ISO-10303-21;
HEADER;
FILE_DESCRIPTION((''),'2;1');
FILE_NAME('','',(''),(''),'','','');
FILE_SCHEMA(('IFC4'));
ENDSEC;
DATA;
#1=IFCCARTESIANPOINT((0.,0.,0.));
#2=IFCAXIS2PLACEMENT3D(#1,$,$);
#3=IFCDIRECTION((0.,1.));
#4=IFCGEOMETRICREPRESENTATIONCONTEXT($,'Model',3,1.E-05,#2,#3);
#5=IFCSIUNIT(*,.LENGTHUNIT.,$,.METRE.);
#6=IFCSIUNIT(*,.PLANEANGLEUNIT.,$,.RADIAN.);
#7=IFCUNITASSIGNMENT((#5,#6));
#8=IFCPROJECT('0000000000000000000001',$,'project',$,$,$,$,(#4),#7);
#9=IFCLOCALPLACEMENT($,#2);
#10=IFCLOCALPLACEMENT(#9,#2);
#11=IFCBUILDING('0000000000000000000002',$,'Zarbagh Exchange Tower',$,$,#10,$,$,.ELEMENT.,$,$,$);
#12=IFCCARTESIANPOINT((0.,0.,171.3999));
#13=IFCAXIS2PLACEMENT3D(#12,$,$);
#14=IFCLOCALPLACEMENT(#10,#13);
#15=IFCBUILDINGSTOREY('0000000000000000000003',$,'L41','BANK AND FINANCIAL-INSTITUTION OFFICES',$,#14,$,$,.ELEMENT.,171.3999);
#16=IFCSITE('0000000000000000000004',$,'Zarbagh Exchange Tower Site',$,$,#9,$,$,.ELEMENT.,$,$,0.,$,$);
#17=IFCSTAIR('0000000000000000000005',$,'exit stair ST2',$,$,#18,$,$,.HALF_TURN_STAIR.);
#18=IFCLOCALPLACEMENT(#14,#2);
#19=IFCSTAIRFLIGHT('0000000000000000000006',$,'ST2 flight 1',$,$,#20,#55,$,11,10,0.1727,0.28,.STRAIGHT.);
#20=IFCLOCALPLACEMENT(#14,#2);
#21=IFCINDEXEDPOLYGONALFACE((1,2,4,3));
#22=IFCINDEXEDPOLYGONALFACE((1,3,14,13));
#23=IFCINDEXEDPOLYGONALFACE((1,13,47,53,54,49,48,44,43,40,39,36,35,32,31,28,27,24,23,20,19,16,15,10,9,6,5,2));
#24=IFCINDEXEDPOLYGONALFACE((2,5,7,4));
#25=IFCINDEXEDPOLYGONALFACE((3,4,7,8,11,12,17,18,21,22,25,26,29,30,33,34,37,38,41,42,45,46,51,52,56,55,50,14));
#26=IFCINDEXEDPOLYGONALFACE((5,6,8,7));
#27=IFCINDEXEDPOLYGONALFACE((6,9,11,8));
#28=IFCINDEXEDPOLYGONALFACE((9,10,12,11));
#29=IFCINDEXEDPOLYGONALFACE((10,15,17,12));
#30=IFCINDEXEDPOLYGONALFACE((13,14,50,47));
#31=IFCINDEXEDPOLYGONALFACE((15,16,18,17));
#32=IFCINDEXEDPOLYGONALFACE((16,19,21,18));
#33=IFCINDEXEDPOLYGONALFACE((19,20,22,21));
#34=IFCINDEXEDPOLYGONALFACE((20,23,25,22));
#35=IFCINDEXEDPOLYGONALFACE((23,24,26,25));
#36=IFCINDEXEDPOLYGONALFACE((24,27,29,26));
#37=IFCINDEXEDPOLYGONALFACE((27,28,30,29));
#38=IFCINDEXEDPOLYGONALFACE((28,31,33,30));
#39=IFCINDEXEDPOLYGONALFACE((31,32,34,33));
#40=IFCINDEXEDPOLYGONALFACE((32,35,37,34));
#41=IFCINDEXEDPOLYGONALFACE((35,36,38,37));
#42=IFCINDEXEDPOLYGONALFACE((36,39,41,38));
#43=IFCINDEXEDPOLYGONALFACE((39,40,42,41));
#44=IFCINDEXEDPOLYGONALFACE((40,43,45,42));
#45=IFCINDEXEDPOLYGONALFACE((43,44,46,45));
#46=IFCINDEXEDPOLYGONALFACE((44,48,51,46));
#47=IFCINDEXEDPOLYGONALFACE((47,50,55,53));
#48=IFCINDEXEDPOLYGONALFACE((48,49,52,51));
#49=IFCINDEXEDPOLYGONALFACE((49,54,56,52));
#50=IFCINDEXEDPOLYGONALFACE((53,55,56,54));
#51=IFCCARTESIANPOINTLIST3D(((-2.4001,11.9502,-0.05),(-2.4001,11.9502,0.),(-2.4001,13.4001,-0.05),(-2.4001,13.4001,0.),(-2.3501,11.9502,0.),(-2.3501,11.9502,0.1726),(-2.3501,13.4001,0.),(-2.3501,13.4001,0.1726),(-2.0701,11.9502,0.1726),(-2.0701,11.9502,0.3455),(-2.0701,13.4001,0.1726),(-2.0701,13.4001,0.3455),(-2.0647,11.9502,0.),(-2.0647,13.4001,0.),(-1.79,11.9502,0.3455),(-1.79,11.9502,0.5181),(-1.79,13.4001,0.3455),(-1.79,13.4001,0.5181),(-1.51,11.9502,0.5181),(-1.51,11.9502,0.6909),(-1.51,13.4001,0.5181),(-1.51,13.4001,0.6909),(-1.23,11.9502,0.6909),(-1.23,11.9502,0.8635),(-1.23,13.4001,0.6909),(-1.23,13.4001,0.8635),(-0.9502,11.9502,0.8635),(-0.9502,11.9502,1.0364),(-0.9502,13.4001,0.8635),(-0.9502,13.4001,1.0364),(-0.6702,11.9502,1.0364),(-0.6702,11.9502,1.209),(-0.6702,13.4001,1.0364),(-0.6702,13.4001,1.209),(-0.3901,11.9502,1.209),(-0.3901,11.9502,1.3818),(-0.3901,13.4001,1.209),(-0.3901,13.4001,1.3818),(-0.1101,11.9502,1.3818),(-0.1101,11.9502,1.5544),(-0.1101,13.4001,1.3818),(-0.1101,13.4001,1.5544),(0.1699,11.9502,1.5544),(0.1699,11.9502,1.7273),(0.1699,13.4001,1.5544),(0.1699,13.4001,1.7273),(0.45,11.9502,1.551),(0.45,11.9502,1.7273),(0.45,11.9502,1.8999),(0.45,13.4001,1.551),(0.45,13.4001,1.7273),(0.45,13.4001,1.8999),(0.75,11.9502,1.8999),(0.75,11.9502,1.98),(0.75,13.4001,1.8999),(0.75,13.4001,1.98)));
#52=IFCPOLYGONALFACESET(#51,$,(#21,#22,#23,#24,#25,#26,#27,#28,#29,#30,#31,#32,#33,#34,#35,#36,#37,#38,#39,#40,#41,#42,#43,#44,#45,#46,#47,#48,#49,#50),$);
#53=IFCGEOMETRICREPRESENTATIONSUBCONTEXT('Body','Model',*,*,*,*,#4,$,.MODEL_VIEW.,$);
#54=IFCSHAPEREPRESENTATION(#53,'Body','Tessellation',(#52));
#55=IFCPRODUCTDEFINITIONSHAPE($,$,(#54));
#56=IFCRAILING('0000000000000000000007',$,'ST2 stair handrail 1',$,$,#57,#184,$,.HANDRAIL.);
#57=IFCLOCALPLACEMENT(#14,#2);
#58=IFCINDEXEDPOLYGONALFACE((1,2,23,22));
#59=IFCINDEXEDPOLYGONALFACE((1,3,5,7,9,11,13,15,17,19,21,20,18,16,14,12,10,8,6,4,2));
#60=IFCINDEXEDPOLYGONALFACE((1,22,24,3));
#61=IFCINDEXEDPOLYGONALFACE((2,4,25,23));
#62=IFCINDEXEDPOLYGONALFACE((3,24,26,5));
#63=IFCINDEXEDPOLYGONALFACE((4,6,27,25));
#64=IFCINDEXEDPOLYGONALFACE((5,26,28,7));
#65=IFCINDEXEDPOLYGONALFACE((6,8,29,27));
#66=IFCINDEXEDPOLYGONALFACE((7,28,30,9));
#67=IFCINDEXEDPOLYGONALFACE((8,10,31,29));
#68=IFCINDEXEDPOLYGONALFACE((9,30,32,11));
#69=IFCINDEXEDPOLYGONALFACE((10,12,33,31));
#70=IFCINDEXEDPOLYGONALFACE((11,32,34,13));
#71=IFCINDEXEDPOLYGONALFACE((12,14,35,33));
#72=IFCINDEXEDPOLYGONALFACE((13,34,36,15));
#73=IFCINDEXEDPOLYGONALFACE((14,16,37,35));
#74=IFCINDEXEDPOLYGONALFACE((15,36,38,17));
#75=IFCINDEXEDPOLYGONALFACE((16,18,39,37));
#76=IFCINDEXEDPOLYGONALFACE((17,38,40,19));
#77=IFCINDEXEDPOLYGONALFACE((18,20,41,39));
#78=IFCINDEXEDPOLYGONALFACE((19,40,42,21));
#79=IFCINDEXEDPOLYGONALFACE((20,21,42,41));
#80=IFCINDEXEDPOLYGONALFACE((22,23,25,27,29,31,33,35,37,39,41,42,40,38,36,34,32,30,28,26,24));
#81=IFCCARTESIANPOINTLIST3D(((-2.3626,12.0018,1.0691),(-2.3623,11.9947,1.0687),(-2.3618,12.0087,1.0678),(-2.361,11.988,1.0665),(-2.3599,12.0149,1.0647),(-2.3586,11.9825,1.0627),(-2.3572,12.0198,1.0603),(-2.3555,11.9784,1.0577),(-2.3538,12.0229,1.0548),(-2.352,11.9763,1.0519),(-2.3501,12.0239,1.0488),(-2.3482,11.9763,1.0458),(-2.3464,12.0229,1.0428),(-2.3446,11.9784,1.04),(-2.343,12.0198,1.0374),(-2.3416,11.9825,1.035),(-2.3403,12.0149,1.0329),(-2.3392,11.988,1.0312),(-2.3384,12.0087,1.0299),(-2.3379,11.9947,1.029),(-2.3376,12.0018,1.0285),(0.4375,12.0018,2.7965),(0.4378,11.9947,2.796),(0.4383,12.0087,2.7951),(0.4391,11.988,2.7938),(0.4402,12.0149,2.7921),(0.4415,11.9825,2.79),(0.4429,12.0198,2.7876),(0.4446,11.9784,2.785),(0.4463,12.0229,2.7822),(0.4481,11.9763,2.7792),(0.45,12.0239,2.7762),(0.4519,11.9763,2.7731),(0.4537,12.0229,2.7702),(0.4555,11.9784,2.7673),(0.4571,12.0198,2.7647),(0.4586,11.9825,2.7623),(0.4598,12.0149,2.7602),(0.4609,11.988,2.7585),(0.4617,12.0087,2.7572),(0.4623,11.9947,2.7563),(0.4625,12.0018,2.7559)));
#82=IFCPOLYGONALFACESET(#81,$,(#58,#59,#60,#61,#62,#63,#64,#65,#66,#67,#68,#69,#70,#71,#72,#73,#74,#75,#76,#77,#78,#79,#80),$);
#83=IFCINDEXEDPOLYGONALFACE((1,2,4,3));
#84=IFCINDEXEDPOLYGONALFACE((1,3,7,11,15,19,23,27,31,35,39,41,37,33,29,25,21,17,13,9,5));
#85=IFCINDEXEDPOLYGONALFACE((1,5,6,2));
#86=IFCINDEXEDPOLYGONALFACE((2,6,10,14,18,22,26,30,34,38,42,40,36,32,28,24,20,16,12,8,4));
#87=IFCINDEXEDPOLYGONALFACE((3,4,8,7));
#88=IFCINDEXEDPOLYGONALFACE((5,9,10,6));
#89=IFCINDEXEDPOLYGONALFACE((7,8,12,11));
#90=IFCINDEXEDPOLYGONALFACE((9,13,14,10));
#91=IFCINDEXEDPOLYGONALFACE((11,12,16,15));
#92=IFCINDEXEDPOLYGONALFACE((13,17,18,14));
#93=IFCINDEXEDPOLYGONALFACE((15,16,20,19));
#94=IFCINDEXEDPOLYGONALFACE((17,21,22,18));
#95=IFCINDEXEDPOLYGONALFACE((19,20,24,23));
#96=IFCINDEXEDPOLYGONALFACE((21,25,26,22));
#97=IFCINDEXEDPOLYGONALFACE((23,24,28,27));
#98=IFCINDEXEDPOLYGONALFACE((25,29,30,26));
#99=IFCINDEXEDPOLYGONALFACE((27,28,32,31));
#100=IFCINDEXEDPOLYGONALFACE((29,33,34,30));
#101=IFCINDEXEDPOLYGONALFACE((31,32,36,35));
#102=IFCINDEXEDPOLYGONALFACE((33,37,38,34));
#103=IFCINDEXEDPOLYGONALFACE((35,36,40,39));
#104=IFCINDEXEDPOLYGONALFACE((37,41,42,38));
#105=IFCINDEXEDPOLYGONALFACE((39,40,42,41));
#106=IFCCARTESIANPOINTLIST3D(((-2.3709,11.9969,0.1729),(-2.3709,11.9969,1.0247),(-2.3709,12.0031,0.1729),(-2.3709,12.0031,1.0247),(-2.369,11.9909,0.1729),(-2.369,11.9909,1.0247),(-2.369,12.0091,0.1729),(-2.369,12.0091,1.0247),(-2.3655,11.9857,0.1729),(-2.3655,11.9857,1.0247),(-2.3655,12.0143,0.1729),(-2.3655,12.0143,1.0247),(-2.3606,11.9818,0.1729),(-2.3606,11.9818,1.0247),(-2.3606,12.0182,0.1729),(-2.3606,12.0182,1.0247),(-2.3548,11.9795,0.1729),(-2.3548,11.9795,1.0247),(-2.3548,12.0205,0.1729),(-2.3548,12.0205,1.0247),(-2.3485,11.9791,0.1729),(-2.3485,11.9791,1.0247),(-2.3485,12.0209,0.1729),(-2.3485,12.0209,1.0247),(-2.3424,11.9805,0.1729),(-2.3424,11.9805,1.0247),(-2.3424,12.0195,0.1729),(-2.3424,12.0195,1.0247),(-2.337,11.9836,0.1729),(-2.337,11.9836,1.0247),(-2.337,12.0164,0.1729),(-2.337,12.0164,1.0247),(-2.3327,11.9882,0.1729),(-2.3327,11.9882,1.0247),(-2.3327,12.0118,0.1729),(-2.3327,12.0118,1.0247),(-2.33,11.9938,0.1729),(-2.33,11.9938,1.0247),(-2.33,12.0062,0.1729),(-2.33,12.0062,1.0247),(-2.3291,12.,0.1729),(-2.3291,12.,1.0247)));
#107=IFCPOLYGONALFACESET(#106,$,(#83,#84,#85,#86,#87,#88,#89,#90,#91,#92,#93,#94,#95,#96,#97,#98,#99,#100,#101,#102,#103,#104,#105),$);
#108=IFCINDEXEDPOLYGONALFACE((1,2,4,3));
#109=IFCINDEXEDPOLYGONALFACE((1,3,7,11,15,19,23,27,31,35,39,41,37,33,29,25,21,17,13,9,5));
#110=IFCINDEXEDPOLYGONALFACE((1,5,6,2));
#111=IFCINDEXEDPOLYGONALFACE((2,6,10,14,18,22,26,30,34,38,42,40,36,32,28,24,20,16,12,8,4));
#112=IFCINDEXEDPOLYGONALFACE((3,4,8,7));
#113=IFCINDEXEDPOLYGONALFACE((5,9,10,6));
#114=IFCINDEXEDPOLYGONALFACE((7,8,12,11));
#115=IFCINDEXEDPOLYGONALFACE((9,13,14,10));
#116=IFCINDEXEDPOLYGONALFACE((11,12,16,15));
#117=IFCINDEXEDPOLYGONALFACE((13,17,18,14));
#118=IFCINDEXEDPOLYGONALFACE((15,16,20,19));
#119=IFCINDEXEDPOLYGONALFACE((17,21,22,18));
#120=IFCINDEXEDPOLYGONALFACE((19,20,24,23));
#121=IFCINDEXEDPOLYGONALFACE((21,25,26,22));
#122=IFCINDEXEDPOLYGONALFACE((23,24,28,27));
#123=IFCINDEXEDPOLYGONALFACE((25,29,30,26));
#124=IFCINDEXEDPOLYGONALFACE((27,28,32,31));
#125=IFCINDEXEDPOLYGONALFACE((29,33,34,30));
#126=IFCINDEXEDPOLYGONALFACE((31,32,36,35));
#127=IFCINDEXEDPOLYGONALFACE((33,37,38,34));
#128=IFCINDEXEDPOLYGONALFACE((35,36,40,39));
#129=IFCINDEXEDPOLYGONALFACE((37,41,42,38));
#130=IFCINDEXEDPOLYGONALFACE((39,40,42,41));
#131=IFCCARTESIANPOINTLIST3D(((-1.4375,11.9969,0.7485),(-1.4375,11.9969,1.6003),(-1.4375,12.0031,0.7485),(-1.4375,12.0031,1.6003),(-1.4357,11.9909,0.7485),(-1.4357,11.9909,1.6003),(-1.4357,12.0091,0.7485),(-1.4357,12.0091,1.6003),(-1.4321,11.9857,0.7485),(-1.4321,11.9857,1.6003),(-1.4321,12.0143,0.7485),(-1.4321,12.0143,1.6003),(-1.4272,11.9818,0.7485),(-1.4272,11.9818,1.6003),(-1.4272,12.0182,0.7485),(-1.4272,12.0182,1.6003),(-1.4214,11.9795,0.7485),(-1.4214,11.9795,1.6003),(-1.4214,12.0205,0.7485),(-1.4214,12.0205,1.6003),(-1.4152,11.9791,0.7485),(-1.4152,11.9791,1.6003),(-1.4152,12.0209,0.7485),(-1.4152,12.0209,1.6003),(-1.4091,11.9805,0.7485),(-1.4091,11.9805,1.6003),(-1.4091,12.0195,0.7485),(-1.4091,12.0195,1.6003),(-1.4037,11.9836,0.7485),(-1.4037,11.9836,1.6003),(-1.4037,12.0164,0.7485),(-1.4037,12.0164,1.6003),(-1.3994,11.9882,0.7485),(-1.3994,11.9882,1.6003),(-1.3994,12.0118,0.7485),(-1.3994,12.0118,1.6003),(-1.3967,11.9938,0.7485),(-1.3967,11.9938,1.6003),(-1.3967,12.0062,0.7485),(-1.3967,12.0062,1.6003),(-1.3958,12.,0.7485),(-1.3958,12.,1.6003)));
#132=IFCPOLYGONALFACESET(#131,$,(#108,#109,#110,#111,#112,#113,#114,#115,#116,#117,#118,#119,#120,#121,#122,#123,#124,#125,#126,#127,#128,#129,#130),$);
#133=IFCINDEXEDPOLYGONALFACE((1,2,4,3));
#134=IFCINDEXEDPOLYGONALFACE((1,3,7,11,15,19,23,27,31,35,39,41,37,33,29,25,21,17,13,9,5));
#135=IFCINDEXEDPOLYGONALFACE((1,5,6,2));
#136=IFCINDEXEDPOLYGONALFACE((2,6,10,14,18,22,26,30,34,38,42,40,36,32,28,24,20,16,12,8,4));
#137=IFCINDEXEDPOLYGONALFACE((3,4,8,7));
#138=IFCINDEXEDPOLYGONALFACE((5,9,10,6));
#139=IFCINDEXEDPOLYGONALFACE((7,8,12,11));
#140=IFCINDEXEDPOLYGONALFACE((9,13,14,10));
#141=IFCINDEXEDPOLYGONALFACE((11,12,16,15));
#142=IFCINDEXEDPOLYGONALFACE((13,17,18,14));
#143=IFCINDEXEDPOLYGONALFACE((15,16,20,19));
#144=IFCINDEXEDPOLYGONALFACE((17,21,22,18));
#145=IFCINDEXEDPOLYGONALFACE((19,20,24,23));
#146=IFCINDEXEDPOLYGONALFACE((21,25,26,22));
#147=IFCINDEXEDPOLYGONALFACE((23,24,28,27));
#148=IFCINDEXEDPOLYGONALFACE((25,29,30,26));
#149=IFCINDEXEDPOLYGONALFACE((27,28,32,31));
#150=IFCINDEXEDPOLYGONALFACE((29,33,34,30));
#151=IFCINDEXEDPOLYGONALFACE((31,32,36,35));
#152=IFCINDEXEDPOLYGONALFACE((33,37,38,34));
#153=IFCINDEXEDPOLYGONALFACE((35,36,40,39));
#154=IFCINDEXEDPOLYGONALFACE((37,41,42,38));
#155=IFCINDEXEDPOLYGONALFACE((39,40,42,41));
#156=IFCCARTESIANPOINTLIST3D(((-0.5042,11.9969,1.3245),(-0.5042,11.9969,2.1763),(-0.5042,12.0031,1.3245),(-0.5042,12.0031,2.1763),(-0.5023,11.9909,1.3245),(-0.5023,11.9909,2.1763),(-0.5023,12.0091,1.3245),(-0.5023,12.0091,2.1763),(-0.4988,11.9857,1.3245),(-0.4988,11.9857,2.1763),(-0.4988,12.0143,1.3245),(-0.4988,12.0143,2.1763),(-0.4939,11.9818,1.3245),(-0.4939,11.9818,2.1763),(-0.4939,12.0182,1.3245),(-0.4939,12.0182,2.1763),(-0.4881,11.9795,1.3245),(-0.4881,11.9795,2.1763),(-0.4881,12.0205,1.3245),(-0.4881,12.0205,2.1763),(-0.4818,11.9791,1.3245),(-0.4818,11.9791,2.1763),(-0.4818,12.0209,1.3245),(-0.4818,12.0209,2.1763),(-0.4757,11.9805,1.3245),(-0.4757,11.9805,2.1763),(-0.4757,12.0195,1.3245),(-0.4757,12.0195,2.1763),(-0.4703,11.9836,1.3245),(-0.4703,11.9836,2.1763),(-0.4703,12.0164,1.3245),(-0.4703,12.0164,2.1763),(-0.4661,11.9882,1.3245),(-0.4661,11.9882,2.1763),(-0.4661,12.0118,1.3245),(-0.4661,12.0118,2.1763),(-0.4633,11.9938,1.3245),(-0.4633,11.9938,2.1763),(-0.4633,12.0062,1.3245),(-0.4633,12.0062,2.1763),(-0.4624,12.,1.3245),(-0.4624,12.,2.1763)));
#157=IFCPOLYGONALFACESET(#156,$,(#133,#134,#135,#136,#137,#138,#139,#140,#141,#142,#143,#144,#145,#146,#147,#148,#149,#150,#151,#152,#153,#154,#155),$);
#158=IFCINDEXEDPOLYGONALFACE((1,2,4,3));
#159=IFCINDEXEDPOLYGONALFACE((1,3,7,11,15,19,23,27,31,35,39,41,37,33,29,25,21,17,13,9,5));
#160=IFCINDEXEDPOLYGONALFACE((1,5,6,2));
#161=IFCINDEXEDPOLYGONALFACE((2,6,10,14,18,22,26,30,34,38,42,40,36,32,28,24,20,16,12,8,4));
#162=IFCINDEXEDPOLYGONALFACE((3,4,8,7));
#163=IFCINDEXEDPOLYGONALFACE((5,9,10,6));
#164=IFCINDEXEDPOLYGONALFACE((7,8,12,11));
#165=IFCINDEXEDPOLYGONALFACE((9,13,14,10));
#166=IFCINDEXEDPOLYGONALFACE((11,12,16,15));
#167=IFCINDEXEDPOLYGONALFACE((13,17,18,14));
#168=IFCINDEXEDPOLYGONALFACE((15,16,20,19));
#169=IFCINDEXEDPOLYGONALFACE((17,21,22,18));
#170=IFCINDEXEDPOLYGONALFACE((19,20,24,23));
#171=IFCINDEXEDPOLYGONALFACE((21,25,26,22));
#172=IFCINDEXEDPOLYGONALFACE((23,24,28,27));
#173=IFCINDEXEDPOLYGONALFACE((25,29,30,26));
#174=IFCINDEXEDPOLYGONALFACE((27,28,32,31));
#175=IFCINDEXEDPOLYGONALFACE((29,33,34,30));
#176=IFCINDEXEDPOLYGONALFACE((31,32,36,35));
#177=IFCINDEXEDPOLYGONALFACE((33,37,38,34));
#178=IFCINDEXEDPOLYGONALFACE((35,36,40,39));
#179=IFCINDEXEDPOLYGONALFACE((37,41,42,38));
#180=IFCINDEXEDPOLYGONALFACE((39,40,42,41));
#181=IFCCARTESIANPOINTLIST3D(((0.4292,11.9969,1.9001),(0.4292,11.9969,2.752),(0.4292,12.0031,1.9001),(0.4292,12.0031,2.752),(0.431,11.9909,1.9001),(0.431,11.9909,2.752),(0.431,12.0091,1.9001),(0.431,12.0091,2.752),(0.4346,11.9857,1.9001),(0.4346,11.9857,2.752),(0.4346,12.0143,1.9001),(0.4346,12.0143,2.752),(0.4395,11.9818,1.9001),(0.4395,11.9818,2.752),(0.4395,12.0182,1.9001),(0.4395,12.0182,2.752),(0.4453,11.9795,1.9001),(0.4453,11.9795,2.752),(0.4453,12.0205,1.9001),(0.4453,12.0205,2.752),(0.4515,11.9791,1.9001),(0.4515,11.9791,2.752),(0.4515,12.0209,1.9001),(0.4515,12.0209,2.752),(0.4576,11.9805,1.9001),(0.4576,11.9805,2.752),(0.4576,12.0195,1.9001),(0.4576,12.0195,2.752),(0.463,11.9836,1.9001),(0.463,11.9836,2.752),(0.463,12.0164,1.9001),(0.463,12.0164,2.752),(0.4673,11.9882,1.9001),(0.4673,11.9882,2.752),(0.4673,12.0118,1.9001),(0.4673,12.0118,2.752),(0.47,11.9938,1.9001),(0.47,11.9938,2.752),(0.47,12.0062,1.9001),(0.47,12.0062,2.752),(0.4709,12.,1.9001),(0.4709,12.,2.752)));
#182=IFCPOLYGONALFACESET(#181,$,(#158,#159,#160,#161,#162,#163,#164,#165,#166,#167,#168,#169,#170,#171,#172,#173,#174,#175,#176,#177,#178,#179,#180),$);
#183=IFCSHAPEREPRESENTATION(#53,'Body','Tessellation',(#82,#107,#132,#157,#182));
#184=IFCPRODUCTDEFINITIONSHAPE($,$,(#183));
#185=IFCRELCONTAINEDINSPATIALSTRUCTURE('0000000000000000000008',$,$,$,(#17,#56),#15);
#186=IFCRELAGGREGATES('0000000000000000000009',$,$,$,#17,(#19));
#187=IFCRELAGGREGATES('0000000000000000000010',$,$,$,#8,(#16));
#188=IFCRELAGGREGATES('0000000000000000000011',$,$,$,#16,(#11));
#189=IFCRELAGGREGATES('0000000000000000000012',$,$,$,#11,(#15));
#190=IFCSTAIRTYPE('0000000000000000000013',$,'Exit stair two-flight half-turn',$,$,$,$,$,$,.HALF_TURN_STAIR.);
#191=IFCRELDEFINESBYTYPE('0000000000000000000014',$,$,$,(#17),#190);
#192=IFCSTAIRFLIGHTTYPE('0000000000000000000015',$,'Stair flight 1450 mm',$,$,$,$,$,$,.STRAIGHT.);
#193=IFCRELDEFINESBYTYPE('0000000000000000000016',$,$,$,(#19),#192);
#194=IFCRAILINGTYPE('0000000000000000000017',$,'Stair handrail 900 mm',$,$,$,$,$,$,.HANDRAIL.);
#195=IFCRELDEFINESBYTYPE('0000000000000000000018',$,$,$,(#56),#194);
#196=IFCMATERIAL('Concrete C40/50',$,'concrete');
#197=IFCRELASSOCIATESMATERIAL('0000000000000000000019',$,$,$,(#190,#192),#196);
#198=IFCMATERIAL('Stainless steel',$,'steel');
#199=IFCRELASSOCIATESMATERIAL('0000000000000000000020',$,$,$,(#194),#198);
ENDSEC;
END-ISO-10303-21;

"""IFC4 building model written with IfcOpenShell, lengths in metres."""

from ifc_helpers import new_model, si_unit, direction, frame, origin, origin_2d, place, context, subcontext, project, spatial, polyline, circle, outline, extrude, material, type_object, element, aggregate, save


model = new_model("IFC4")

# Units and contexts
model_context = context("Model", 3, precision=1e-05, world=origin(), true_north=direction((0.0, 1.0)))
body_context = subcontext(model_context, "Body", "Model", "MODEL_VIEW")
ifc_project = project(units=[si_unit("LENGTHUNIT", "METRE"), si_unit("PLANEANGLEUNIT", "RADIAN")], contexts=[model_context])

# Site, building, storey
site_placement = place(None, origin())
site = spatial("IfcSite", under=ifc_project, at=site_placement, Name="Zarbagh Exchange Tower Site", CompositionType="ELEMENT", RefElevation=0.0)
building_placement = place(site_placement, origin())
building = spatial("IfcBuilding", under=site, at=building_placement, Name="Zarbagh Exchange Tower", CompositionType="ELEMENT")
storey_placement = place(building_placement, frame((0.0, 0.0, 171.3999)))
storey = spatial("IfcBuildingStorey", under=building, at=storey_placement, Name="L41", Description="BANK AND FINANCIAL-INSTITUTION OFFICES", CompositionType="ELEMENT", Elevation=171.3999)

# Shared definitions
ifc_material_1 = material(Name="Concrete C40/50", Category="concrete")

# Stair, stair flight
stair_type = type_object("IfcStairType", Name="Exit stair two-flight half-turn", PredefinedType="HALF_TURN_STAIR", material=ifc_material_1)
stair_placement = place(storey_placement, origin())
stair = element("IfcStair", 1, at=stair_placement, inside=storey, type_object=stair_type, Name="exit stair ST2", PredefinedType="HALF_TURN_STAIR")
stair_flight_type = type_object("IfcStairFlightType", Name="Stair flight 1450 mm", PredefinedType="STRAIGHT", material=ifc_material_1)
stair_flight_placement = place(storey_placement, frame((-2.3501, 12.675, 0.0), z_axis=(0.0, 0.0, 1.0), x_axis=(1.0, 0.0, 0.0)))
stair_flight = element("IfcStairFlight", 2, at=stair_flight_placement, type_object=stair_flight_type, Name="ST2 flight 1", NumberOfRisers=11, NumberOfTreads=10, PredefinedType="STRAIGHT", RiserHeight=0.1727, TreadLength=0.28, context=body_context, shape_type="SweptSolid", body=[
    extrude(outline(polyline([(-0.05, -0.05), (-0.05, 0.0), (0.0, 0.0), (0.0, 0.1726), (0.28, 0.1726), (0.28, 0.3455), (0.5601, 0.3455), (0.5601, 0.5181), (0.8401, 0.5181), (0.8401, 0.6909), (1.1201, 0.6909), (1.1201, 0.8635), (1.3999, 0.8635), (1.3999, 1.0364), (1.6799, 1.0364), (1.6799, 1.209), (1.96, 1.209), (1.96, 1.3818), (2.24, 1.3818), (2.24, 1.5544), (2.52, 1.5544), (2.52, 1.7273), (2.8, 1.7273), (2.8, 1.8999), (3.1001, 1.98), (3.1001, 1.8999), (2.8, 1.551), (0.2854, 0.0), (-0.05, -0.05)])), frame((0.0, 0.7251, 0.0), z_axis=(0.0, -1.0, 0.0), x_axis=(1.0, 0.0, 0.0)), (0.0, 0.0, 1.0), 1.45),
])
aggregate(stair, [stair_flight])

# Railing
ifc_material_2 = material(Name="Stainless steel", Category="steel")
railing_type = type_object("IfcRailingType", Name="Stair handrail 900 mm", PredefinedType="HANDRAIL", material=ifc_material_2)
railing_placement = place(storey_placement, frame((-2.3501, 12.0, 0.1729)))
element("IfcRailing", 3, at=railing_placement, inside=storey, type_object=railing_type, Name="ST2 stair handrail 1", PredefinedType="HANDRAIL", context=body_context, shape_type="SweptSolid", body=[
    extrude(circle(Radius=0.0239, at=origin_2d()), frame((0.0, 0.0, 0.876), z_axis=(0.85109, 0.0, 0.52502), x_axis=(0.0, 1.0, 0.0)), (0.0, 0.0, 1.0), 3.29),
    extrude(circle(Radius=0.021, at=origin_2d()), origin(), (0.0, 0.0, 1.0), 0.8518),
    extrude(circle(Radius=0.021, at=origin_2d()), frame((0.9333, 0.0, 0.5757)), (0.0, 0.0, 1.0), 0.8518),
    extrude(circle(Radius=0.021, at=origin_2d()), frame((1.8667, 0.0, 1.1516)), (0.0, 0.0, 1.0), 0.8518),
    extrude(circle(Radius=0.021, at=origin_2d()), frame((2.8, 0.0, 1.7273)), (0.0, 0.0, 1.0), 0.8518),
])

save(model, "model.ifc")
